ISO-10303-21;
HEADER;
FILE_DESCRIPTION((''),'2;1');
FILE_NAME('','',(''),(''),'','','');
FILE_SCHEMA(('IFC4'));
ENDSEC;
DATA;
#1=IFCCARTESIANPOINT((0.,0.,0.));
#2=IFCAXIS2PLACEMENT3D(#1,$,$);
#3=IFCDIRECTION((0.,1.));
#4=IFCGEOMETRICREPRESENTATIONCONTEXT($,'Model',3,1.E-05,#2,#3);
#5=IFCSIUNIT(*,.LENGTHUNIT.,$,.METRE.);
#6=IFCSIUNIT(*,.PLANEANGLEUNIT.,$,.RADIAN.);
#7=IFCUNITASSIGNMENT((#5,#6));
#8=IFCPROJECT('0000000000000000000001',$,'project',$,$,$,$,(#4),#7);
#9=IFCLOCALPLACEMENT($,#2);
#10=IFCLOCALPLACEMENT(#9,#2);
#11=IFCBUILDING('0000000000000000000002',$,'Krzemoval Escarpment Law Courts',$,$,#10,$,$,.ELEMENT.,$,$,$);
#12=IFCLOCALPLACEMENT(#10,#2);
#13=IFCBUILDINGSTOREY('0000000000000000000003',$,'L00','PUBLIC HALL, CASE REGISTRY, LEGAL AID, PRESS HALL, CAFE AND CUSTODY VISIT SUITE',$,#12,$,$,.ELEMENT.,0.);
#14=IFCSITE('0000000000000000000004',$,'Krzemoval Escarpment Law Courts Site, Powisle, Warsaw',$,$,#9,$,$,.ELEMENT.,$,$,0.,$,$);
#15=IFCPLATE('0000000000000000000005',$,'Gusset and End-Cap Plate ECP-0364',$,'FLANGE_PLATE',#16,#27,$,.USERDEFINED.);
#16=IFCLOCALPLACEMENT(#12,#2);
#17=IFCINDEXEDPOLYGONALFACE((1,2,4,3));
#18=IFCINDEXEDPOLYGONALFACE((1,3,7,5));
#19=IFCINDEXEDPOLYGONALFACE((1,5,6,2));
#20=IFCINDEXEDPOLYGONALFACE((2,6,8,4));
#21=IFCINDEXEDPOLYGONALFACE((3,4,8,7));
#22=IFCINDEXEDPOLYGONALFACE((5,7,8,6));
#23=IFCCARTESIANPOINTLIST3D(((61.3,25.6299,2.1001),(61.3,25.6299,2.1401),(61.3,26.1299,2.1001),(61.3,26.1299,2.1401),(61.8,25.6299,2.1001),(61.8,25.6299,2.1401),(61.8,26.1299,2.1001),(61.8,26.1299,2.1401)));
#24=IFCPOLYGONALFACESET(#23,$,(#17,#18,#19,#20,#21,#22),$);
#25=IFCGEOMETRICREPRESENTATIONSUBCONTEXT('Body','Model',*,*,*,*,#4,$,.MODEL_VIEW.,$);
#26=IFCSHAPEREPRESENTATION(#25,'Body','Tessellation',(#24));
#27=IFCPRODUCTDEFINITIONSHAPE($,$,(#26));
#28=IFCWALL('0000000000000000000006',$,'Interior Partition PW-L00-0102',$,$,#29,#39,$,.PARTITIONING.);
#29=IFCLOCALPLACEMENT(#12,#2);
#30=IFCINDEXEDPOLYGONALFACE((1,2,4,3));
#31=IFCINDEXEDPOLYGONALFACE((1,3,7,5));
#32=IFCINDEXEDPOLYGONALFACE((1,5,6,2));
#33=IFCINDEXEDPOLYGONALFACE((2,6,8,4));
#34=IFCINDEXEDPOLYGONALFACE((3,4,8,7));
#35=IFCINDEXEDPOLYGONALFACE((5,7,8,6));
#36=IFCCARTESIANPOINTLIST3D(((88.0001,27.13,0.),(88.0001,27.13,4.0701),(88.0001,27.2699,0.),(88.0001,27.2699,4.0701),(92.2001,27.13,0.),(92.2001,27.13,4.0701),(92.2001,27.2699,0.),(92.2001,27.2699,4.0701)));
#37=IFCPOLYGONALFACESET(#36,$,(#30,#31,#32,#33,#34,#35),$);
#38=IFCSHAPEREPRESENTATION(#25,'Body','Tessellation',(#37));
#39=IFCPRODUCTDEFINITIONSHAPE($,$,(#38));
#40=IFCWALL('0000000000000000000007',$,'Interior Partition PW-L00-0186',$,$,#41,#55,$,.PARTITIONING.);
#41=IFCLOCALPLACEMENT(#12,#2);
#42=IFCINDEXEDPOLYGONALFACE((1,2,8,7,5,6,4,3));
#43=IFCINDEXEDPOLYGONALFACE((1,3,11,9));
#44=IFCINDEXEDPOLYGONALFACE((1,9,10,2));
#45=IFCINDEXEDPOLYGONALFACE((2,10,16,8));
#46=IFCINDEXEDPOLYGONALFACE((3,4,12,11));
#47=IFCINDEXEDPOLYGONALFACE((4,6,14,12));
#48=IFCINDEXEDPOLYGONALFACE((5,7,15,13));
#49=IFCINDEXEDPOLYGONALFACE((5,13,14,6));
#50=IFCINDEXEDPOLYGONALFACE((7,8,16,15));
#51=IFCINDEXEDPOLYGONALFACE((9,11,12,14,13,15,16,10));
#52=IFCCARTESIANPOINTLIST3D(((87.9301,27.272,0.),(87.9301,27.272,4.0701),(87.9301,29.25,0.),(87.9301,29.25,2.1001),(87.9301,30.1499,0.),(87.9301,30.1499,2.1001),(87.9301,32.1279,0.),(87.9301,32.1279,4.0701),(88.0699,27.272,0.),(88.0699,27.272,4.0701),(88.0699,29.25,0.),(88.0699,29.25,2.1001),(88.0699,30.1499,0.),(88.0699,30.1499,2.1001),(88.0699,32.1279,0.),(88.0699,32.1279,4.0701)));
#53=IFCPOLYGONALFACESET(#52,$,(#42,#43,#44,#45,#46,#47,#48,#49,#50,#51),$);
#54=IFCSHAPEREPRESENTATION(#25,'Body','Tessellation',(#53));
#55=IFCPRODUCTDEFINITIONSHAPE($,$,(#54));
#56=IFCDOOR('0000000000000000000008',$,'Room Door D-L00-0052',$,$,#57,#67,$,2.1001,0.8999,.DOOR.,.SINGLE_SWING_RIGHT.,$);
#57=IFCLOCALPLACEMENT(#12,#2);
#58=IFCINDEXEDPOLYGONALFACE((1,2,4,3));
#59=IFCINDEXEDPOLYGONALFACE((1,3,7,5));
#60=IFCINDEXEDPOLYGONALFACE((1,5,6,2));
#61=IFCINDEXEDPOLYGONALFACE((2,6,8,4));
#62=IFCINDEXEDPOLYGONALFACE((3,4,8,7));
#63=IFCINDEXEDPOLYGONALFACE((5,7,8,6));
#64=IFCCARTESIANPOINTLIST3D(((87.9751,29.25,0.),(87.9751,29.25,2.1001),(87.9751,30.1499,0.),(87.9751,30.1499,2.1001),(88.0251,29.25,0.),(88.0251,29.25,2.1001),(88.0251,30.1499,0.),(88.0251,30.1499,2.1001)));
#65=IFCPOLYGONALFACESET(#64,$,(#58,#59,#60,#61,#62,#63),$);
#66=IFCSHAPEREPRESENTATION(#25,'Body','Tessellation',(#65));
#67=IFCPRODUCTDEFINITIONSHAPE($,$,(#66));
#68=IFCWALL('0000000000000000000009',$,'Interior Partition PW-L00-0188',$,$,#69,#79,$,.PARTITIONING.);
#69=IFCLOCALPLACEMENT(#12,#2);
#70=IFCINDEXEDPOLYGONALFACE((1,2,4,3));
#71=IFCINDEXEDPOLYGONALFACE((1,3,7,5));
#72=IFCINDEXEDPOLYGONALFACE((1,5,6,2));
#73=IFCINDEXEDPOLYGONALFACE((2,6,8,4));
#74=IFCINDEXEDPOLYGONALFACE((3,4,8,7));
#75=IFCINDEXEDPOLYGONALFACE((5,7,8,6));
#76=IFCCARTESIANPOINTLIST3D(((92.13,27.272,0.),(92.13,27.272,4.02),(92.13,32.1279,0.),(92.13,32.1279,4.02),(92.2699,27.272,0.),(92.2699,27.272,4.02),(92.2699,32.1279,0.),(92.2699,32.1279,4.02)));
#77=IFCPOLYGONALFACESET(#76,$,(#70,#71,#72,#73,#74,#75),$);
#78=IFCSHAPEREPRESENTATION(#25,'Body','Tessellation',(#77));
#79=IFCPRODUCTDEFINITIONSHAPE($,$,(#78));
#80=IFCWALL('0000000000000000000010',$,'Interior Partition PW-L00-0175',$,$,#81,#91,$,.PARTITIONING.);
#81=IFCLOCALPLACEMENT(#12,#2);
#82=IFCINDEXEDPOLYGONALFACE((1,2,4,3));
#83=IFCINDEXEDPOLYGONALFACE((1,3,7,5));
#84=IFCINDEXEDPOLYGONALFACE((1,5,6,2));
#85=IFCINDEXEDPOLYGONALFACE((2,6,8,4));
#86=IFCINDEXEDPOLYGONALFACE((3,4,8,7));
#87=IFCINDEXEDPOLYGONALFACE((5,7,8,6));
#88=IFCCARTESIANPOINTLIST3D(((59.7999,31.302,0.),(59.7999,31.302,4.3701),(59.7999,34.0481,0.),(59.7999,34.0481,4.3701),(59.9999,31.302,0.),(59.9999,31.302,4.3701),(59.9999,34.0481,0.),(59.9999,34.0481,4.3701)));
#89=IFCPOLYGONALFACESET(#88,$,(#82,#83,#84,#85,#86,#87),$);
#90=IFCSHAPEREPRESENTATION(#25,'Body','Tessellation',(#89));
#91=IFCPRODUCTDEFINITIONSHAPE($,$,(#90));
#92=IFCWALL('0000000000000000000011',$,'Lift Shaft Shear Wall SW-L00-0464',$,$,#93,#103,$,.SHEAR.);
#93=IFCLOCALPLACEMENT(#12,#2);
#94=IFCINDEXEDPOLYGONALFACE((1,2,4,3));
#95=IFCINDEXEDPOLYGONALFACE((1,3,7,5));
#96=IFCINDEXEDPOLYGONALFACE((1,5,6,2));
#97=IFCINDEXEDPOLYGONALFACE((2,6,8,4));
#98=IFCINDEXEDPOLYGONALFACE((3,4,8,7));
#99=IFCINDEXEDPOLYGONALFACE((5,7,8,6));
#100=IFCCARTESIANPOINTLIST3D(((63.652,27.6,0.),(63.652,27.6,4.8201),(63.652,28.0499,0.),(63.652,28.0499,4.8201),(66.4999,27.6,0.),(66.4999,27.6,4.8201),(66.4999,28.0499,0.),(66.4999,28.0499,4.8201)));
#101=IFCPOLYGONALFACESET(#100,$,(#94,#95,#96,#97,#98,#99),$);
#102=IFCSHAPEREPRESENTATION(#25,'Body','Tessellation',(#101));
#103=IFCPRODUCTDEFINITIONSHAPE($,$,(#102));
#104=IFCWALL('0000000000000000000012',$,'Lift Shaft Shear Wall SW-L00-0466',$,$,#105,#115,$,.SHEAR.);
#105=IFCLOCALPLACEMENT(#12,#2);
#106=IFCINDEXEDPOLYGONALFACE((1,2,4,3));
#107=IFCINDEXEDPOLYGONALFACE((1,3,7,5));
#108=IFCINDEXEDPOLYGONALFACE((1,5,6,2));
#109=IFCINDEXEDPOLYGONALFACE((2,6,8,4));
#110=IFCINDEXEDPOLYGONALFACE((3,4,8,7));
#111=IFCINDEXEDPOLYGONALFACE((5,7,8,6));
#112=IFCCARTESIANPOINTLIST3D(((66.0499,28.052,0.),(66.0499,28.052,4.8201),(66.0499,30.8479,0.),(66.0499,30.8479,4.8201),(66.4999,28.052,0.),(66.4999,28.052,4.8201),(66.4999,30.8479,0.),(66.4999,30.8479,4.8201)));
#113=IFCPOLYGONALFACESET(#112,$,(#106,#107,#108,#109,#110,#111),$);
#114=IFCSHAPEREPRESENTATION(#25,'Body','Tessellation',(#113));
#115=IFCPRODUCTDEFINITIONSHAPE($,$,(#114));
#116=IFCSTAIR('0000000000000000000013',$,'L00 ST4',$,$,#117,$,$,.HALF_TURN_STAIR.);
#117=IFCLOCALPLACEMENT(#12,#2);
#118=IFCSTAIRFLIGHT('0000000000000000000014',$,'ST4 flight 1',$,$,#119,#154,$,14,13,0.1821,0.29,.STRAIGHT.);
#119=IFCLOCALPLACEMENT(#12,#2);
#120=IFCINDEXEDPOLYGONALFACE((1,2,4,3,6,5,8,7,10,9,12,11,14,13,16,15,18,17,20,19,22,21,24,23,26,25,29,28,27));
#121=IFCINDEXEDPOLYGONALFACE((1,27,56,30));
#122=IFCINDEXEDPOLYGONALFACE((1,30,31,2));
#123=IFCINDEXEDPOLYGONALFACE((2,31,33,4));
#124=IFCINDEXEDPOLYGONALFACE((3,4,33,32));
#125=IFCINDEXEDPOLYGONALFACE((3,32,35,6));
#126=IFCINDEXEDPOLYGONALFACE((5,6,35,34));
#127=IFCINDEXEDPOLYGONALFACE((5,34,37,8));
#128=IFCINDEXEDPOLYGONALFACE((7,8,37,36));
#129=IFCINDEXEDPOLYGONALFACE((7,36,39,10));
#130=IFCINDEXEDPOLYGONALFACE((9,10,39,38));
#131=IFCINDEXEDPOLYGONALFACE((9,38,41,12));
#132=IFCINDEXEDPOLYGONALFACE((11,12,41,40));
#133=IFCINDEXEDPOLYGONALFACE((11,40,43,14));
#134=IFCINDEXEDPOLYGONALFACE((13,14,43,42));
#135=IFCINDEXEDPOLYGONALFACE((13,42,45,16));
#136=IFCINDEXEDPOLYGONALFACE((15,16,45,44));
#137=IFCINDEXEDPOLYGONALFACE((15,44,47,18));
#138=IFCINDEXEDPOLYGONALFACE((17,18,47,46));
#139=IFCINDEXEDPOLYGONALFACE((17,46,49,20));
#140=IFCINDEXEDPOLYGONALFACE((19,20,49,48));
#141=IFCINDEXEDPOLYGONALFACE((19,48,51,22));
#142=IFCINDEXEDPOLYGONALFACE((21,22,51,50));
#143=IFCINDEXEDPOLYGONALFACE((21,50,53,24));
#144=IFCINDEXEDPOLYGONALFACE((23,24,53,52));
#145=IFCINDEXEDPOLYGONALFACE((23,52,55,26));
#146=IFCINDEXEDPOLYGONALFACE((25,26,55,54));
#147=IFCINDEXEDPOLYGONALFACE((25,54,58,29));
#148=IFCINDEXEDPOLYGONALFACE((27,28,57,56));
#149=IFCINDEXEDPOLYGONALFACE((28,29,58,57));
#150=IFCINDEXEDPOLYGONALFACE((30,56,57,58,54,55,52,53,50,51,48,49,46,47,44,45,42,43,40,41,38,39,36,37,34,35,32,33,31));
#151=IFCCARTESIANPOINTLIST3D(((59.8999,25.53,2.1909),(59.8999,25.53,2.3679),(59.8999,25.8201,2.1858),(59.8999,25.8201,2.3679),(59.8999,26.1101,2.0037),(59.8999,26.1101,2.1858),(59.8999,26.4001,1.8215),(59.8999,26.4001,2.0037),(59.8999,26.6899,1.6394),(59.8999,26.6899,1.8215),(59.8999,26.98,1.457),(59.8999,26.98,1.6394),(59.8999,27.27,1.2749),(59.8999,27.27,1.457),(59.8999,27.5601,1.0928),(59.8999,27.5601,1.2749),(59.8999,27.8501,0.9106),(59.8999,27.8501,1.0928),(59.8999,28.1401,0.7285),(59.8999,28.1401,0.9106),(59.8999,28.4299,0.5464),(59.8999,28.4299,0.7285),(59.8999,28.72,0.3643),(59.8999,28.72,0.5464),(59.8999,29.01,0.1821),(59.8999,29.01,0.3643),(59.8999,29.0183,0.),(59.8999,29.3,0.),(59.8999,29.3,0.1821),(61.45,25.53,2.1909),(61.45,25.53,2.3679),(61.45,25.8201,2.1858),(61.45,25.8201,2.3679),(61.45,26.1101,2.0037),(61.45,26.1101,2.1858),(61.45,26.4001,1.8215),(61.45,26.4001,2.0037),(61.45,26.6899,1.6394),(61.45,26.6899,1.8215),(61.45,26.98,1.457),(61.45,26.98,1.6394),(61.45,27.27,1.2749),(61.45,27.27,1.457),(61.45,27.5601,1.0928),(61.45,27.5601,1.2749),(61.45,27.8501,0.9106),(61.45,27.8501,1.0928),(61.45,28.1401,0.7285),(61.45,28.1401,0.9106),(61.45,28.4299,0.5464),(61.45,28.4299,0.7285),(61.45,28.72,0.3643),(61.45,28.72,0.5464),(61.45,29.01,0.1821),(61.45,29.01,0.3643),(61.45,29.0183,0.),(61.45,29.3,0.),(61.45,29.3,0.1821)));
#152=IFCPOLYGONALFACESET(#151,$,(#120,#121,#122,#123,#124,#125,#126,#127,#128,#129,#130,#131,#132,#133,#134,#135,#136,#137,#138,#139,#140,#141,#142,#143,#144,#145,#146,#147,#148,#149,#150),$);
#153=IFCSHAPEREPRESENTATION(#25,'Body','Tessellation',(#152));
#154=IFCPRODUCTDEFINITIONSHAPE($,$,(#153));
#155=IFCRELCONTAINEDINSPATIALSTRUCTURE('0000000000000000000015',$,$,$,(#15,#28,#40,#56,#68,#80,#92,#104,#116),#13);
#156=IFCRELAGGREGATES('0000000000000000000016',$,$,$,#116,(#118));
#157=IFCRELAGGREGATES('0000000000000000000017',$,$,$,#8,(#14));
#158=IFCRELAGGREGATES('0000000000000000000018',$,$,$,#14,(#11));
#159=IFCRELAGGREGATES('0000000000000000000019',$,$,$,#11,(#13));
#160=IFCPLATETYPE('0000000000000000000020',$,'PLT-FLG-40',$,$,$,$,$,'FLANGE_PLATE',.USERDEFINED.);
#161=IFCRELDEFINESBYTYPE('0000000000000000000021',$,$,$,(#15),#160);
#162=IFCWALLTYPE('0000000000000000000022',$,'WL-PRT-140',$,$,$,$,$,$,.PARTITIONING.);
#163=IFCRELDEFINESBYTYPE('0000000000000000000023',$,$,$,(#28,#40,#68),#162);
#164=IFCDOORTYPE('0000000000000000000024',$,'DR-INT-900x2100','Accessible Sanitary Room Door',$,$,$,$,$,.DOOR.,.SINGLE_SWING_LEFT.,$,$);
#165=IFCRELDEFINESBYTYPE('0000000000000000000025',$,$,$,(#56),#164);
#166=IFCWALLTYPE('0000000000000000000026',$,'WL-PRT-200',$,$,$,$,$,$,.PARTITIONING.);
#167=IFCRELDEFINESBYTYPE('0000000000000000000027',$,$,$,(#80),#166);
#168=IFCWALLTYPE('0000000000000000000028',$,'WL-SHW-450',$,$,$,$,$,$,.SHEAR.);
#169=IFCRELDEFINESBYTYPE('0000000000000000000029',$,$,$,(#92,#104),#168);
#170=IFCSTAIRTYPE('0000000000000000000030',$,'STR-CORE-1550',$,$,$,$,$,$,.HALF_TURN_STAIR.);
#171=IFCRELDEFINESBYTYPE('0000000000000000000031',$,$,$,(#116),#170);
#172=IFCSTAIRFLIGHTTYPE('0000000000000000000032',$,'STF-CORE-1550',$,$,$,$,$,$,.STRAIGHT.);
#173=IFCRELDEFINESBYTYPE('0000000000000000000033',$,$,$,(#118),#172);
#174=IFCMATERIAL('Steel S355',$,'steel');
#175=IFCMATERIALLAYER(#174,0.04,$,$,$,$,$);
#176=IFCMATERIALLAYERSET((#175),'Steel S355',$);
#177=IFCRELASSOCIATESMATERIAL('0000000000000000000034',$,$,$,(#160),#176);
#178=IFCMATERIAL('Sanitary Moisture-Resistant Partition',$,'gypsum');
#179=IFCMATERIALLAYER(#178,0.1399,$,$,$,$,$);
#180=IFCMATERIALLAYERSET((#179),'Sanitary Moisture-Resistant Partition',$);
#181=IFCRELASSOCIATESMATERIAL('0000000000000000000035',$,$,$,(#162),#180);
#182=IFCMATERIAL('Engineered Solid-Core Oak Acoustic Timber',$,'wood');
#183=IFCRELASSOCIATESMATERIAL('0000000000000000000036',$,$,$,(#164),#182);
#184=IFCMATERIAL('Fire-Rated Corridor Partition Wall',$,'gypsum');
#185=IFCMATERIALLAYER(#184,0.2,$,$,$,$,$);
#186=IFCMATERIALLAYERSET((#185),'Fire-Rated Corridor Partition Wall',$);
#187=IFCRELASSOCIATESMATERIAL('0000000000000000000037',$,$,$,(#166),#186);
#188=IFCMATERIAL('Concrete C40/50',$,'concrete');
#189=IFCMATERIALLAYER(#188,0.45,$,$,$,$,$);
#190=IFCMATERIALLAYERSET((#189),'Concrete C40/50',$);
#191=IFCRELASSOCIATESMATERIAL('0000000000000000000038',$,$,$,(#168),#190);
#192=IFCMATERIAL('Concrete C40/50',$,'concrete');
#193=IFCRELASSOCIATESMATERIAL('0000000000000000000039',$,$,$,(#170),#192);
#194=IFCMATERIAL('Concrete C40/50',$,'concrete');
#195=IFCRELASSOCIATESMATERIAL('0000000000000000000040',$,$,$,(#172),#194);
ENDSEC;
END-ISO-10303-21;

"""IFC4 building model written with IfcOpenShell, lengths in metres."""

from ifc_helpers import new_model, si_unit, direction, frame, frame_2d, origin, origin_2d, place, context, subcontext, project, spatial, polyline, rectangle, outline, extrude, material, layer, layer_set, type_object, element, fill, aggregate, save


model = new_model("IFC4")

# Units and contexts
model_context = context("Model", 3, precision=1e-05, world=origin(), true_north=direction((0.0, 1.0)))
body_context = subcontext(model_context, "Body", "Model", "MODEL_VIEW")
ifc_project = project(units=[si_unit("LENGTHUNIT", "METRE"), si_unit("PLANEANGLEUNIT", "RADIAN")], contexts=[model_context])

# Site, building, storey
site_placement = place(None, origin())
site = spatial("IfcSite", under=ifc_project, at=site_placement, Name="Krzemoval Escarpment Law Courts Site, Powisle, Warsaw", CompositionType="ELEMENT", RefElevation=0.0)
building_placement = place(site_placement, origin())
building = spatial("IfcBuilding", under=site, at=building_placement, Name="Krzemoval Escarpment Law Courts", CompositionType="ELEMENT")
storey_placement = place(building_placement, origin())
storey = spatial("IfcBuildingStorey", under=building, at=storey_placement, Name="L00", Description="PUBLIC HALL, CASE REGISTRY, LEGAL AID, PRESS HALL, CAFE AND CUSTODY VISIT SUITE", CompositionType="ELEMENT", Elevation=0.0)

# Plate
ifc_material_1 = material(Name="Steel S355", Category="steel")
ifc_layer_1 = layer(ifc_material_1, 0.04)
ifc_layer_set_1 = layer_set([ifc_layer_1], Name="Steel S355")
plate_type_1 = type_object("IfcPlateType", Name="PLT-FLG-40", ElementType="FLANGE_PLATE", PredefinedType="USERDEFINED", material=ifc_layer_set_1)
plate_1_placement = place(storey_placement, frame((61.55, 25.8799, 2.1001), z_axis=(0.0, 0.0, 1.0), x_axis=(1.0, 0.0, 0.0)))
element("IfcPlate", 1, at=plate_1_placement, inside=storey, type_object=plate_type_1, Name="Gusset and End-Cap Plate ECP-0364", ObjectType="FLANGE_PLATE", PredefinedType="USERDEFINED", context=body_context, shape_type="SweptSolid", body=[
    extrude(rectangle(XDim=0.5, YDim=0.5, at=origin_2d()), origin(), (0.0, 0.0, 1.0), 0.04),
])

# Wall
ifc_material_2 = material(Name="Sanitary Moisture-Resistant Partition", Category="gypsum")
ifc_layer_2 = layer(ifc_material_2, 0.1399)
ifc_layer_set_2 = layer_set([ifc_layer_2], Name="Sanitary Moisture-Resistant Partition")
wall_type_1 = type_object("IfcWallType", Name="WL-PRT-140", PredefinedType="PARTITIONING", material=ifc_layer_set_2)
wall_1_placement = place(storey_placement, frame((88.0, 27.2, 0.0), z_axis=(0.0, 0.0, 1.0), x_axis=(1.0, 0.0, 0.0)))
element("IfcWall", 2, at=wall_1_placement, inside=storey, type_object=wall_type_1, Name="Interior Partition PW-L00-0102", PredefinedType="PARTITIONING", context=body_context, shape_type="SweptSolid", body=[
    extrude(rectangle(XDim=4.2, YDim=0.1399, at=frame_2d((2.1001, 0.0))), origin(), (0.0, 0.0, 1.0), 4.0701),
])

# Wall, opening, door
wall_2_placement = place(storey_placement, frame((88.0, 27.272, 0.0), z_axis=(0.0, 0.0, 1.0), x_axis=(0.0, 1.0, 0.0)))
wall_2 = element("IfcWall", 3, at=wall_2_placement, inside=storey, type_object=wall_type_1, Name="Interior Partition PW-L00-0186", PredefinedType="PARTITIONING", context=body_context, shape_type="SweptSolid", body=[
    extrude(rectangle(XDim=4.856, YDim=0.1399, at=frame_2d((2.428, 0.0))), origin(), (0.0, 0.0, 1.0), 4.0701),
])
opening_1_placement = place(wall_2_placement, frame((1.978, 0.0, 0.0)))
opening_1 = element("IfcOpeningElement", 4, at=opening_1_placement, cuts=wall_2, PredefinedType="OPENING", context=body_context, shape_type="SweptSolid", body=[
    extrude(rectangle(XDim=0.8999, YDim=2.1001, at=frame_2d((0.45, 1.05))), frame((0.0, 0.0849, 0.0), z_axis=(0.0, -1.0, 0.0), x_axis=(1.0, 0.0, 0.0)), (0.0, 0.0, 1.0), 0.1699),
])
ifc_material_3 = material(Name="Engineered Solid-Core Oak Acoustic Timber", Category="wood")
door_type_1 = type_object("IfcDoorType", Name="DR-INT-900x2100", Description="Accessible Sanitary Room Door", OperationType="SINGLE_SWING_LEFT", PredefinedType="DOOR", material=ifc_material_3)
door_1_placement = place(opening_1_placement, origin())
door_1 = element("IfcDoor", 5, at=door_1_placement, inside=storey, type_object=door_type_1, Name="Room Door D-L00-0052", OperationType="SINGLE_SWING_RIGHT", OverallHeight=2.1001, OverallWidth=0.8999, PredefinedType="DOOR", context=body_context, shape_type="SweptSolid", body=[
    extrude(rectangle(XDim=0.8999, YDim=2.1001, at=frame_2d((0.45, 1.05))), frame((0.0, 0.0249, 0.0), z_axis=(0.0, -1.0, 0.0), x_axis=(1.0, 0.0, 0.0)), (0.0, 0.0, 1.0), 0.05),
])
fill(opening_1, door_1)

# Walls
wall_3_placement = place(storey_placement, frame((92.2, 27.272, 0.0), z_axis=(0.0, 0.0, 1.0), x_axis=(0.0, 1.0, 0.0)))
element("IfcWall", 6, at=wall_3_placement, inside=storey, type_object=wall_type_1, Name="Interior Partition PW-L00-0188", PredefinedType="PARTITIONING", context=body_context, shape_type="SweptSolid", body=[
    extrude(rectangle(XDim=4.856, YDim=0.1399, at=frame_2d((2.428, 0.0))), origin(), (0.0, 0.0, 1.0), 4.02),
])
ifc_material_4 = material(Name="Fire-Rated Corridor Partition Wall", Category="gypsum")
ifc_layer_3 = layer(ifc_material_4, 0.2)
ifc_layer_set_3 = layer_set([ifc_layer_3], Name="Fire-Rated Corridor Partition Wall")
wall_type_2 = type_object("IfcWallType", Name="WL-PRT-200", PredefinedType="PARTITIONING", material=ifc_layer_set_3)
wall_4_placement = place(storey_placement, frame((59.8999, 31.302, 0.0), z_axis=(0.0, 0.0, 1.0), x_axis=(0.0, 1.0, 0.0)))
element("IfcWall", 7, at=wall_4_placement, inside=storey, type_object=wall_type_2, Name="Interior Partition PW-L00-0175", PredefinedType="PARTITIONING", context=body_context, shape_type="SweptSolid", body=[
    extrude(rectangle(XDim=2.7461, YDim=0.2, at=frame_2d((1.373, 0.0))), origin(), (0.0, 0.0, 1.0), 4.3701),
])
ifc_material_5 = material(Name="Concrete C40/50", Category="concrete")
ifc_layer_4 = layer(ifc_material_5, 0.45)
ifc_layer_set_4 = layer_set([ifc_layer_4], Name="Concrete C40/50")
wall_type_3 = type_object("IfcWallType", Name="WL-SHW-450", PredefinedType="SHEAR", material=ifc_layer_set_4)
wall_5_placement = place(storey_placement, frame((63.6521, 27.825, 0.0), z_axis=(0.0, 0.0, 1.0), x_axis=(1.0, 0.0, 0.0)))
element("IfcWall", 8, at=wall_5_placement, inside=storey, type_object=wall_type_3, Name="Lift Shaft Shear Wall SW-L00-0464", PredefinedType="SHEAR", context=body_context, shape_type="SweptSolid", body=[
    extrude(rectangle(XDim=2.8479, YDim=0.45, at=frame_2d((1.4238, 0.0))), origin(), (0.0, 0.0, 1.0), 4.8201),
])

# Wall
wall_6_placement = place(storey_placement, frame((66.2749, 28.052, 0.0), z_axis=(0.0, 0.0, 1.0), x_axis=(0.0, 1.0, 0.0)))
element("IfcWall", 9, at=wall_6_placement, inside=storey, type_object=wall_type_3, Name="Lift Shaft Shear Wall SW-L00-0466", PredefinedType="SHEAR", context=body_context, shape_type="SweptSolid", body=[
    extrude(rectangle(XDim=2.7959, YDim=0.45, at=frame_2d((1.3979, 0.0))), origin(), (0.0, 0.0, 1.0), 4.8201),
])

# Stair, stair flight
ifc_material_6 = material(Name="Concrete C40/50", Category="concrete")
stair_type = type_object("IfcStairType", Name="STR-CORE-1550", PredefinedType="HALF_TURN_STAIR", material=ifc_material_6)
stair_placement = place(storey_placement, origin())
stair = element("IfcStair", 10, at=stair_placement, inside=storey, type_object=stair_type, Name="L00 ST4", PredefinedType="HALF_TURN_STAIR")
ifc_material_7 = material(Name="Concrete C40/50", Category="concrete")
stair_flight_type = type_object("IfcStairFlightType", Name="STF-CORE-1550", PredefinedType="STRAIGHT", material=ifc_material_7)
stair_flight_placement = place(storey_placement, frame((60.675, 29.3, 0.0), z_axis=(0.0, 0.0, 1.0), x_axis=(0.0, -1.0, 0.0)))
stair_flight = element("IfcStairFlight", 11, at=stair_flight_placement, type_object=stair_flight_type, Name="ST4 flight 1", NumberOfRisers=14, NumberOfTreads=13, PredefinedType="STRAIGHT", RiserHeight=0.1821, TreadLength=0.29, context=body_context, shape_type="SweptSolid", body=[
    extrude(outline(polyline([(0.0, 0.0), (0.0, 0.1821), (0.29, 0.1821), (0.29, 0.3643), (0.5801, 0.3643), (0.5801, 0.5464), (0.8701, 0.5464), (0.8701, 0.7285), (1.1599, 0.7285), (1.1599, 0.9106), (1.45, 0.9106), (1.45, 1.0928), (1.74, 1.0928), (1.74, 1.2749), (2.03, 1.2749), (2.03, 1.457), (2.3201, 1.457), (2.3201, 1.6394), (2.6101, 1.6394), (2.6101, 1.8215), (2.8999, 1.8215), (2.8999, 2.0037), (3.1899, 2.0037), (3.1899, 2.1858), (3.48, 2.1858), (3.48, 2.3679), (3.77, 2.3679), (3.77, 2.55), (3.77, 2.1909), (0.2817, 0.0), (0.0, 0.0)])), frame((0.0, 0.7749, 0.0), z_axis=(0.0, -1.0, 0.0), x_axis=(1.0, 0.0, 0.0)), (0.0, 0.0, 1.0), 1.55),
])
aggregate(stair, [stair_flight])

save(model, "model.ifc")
